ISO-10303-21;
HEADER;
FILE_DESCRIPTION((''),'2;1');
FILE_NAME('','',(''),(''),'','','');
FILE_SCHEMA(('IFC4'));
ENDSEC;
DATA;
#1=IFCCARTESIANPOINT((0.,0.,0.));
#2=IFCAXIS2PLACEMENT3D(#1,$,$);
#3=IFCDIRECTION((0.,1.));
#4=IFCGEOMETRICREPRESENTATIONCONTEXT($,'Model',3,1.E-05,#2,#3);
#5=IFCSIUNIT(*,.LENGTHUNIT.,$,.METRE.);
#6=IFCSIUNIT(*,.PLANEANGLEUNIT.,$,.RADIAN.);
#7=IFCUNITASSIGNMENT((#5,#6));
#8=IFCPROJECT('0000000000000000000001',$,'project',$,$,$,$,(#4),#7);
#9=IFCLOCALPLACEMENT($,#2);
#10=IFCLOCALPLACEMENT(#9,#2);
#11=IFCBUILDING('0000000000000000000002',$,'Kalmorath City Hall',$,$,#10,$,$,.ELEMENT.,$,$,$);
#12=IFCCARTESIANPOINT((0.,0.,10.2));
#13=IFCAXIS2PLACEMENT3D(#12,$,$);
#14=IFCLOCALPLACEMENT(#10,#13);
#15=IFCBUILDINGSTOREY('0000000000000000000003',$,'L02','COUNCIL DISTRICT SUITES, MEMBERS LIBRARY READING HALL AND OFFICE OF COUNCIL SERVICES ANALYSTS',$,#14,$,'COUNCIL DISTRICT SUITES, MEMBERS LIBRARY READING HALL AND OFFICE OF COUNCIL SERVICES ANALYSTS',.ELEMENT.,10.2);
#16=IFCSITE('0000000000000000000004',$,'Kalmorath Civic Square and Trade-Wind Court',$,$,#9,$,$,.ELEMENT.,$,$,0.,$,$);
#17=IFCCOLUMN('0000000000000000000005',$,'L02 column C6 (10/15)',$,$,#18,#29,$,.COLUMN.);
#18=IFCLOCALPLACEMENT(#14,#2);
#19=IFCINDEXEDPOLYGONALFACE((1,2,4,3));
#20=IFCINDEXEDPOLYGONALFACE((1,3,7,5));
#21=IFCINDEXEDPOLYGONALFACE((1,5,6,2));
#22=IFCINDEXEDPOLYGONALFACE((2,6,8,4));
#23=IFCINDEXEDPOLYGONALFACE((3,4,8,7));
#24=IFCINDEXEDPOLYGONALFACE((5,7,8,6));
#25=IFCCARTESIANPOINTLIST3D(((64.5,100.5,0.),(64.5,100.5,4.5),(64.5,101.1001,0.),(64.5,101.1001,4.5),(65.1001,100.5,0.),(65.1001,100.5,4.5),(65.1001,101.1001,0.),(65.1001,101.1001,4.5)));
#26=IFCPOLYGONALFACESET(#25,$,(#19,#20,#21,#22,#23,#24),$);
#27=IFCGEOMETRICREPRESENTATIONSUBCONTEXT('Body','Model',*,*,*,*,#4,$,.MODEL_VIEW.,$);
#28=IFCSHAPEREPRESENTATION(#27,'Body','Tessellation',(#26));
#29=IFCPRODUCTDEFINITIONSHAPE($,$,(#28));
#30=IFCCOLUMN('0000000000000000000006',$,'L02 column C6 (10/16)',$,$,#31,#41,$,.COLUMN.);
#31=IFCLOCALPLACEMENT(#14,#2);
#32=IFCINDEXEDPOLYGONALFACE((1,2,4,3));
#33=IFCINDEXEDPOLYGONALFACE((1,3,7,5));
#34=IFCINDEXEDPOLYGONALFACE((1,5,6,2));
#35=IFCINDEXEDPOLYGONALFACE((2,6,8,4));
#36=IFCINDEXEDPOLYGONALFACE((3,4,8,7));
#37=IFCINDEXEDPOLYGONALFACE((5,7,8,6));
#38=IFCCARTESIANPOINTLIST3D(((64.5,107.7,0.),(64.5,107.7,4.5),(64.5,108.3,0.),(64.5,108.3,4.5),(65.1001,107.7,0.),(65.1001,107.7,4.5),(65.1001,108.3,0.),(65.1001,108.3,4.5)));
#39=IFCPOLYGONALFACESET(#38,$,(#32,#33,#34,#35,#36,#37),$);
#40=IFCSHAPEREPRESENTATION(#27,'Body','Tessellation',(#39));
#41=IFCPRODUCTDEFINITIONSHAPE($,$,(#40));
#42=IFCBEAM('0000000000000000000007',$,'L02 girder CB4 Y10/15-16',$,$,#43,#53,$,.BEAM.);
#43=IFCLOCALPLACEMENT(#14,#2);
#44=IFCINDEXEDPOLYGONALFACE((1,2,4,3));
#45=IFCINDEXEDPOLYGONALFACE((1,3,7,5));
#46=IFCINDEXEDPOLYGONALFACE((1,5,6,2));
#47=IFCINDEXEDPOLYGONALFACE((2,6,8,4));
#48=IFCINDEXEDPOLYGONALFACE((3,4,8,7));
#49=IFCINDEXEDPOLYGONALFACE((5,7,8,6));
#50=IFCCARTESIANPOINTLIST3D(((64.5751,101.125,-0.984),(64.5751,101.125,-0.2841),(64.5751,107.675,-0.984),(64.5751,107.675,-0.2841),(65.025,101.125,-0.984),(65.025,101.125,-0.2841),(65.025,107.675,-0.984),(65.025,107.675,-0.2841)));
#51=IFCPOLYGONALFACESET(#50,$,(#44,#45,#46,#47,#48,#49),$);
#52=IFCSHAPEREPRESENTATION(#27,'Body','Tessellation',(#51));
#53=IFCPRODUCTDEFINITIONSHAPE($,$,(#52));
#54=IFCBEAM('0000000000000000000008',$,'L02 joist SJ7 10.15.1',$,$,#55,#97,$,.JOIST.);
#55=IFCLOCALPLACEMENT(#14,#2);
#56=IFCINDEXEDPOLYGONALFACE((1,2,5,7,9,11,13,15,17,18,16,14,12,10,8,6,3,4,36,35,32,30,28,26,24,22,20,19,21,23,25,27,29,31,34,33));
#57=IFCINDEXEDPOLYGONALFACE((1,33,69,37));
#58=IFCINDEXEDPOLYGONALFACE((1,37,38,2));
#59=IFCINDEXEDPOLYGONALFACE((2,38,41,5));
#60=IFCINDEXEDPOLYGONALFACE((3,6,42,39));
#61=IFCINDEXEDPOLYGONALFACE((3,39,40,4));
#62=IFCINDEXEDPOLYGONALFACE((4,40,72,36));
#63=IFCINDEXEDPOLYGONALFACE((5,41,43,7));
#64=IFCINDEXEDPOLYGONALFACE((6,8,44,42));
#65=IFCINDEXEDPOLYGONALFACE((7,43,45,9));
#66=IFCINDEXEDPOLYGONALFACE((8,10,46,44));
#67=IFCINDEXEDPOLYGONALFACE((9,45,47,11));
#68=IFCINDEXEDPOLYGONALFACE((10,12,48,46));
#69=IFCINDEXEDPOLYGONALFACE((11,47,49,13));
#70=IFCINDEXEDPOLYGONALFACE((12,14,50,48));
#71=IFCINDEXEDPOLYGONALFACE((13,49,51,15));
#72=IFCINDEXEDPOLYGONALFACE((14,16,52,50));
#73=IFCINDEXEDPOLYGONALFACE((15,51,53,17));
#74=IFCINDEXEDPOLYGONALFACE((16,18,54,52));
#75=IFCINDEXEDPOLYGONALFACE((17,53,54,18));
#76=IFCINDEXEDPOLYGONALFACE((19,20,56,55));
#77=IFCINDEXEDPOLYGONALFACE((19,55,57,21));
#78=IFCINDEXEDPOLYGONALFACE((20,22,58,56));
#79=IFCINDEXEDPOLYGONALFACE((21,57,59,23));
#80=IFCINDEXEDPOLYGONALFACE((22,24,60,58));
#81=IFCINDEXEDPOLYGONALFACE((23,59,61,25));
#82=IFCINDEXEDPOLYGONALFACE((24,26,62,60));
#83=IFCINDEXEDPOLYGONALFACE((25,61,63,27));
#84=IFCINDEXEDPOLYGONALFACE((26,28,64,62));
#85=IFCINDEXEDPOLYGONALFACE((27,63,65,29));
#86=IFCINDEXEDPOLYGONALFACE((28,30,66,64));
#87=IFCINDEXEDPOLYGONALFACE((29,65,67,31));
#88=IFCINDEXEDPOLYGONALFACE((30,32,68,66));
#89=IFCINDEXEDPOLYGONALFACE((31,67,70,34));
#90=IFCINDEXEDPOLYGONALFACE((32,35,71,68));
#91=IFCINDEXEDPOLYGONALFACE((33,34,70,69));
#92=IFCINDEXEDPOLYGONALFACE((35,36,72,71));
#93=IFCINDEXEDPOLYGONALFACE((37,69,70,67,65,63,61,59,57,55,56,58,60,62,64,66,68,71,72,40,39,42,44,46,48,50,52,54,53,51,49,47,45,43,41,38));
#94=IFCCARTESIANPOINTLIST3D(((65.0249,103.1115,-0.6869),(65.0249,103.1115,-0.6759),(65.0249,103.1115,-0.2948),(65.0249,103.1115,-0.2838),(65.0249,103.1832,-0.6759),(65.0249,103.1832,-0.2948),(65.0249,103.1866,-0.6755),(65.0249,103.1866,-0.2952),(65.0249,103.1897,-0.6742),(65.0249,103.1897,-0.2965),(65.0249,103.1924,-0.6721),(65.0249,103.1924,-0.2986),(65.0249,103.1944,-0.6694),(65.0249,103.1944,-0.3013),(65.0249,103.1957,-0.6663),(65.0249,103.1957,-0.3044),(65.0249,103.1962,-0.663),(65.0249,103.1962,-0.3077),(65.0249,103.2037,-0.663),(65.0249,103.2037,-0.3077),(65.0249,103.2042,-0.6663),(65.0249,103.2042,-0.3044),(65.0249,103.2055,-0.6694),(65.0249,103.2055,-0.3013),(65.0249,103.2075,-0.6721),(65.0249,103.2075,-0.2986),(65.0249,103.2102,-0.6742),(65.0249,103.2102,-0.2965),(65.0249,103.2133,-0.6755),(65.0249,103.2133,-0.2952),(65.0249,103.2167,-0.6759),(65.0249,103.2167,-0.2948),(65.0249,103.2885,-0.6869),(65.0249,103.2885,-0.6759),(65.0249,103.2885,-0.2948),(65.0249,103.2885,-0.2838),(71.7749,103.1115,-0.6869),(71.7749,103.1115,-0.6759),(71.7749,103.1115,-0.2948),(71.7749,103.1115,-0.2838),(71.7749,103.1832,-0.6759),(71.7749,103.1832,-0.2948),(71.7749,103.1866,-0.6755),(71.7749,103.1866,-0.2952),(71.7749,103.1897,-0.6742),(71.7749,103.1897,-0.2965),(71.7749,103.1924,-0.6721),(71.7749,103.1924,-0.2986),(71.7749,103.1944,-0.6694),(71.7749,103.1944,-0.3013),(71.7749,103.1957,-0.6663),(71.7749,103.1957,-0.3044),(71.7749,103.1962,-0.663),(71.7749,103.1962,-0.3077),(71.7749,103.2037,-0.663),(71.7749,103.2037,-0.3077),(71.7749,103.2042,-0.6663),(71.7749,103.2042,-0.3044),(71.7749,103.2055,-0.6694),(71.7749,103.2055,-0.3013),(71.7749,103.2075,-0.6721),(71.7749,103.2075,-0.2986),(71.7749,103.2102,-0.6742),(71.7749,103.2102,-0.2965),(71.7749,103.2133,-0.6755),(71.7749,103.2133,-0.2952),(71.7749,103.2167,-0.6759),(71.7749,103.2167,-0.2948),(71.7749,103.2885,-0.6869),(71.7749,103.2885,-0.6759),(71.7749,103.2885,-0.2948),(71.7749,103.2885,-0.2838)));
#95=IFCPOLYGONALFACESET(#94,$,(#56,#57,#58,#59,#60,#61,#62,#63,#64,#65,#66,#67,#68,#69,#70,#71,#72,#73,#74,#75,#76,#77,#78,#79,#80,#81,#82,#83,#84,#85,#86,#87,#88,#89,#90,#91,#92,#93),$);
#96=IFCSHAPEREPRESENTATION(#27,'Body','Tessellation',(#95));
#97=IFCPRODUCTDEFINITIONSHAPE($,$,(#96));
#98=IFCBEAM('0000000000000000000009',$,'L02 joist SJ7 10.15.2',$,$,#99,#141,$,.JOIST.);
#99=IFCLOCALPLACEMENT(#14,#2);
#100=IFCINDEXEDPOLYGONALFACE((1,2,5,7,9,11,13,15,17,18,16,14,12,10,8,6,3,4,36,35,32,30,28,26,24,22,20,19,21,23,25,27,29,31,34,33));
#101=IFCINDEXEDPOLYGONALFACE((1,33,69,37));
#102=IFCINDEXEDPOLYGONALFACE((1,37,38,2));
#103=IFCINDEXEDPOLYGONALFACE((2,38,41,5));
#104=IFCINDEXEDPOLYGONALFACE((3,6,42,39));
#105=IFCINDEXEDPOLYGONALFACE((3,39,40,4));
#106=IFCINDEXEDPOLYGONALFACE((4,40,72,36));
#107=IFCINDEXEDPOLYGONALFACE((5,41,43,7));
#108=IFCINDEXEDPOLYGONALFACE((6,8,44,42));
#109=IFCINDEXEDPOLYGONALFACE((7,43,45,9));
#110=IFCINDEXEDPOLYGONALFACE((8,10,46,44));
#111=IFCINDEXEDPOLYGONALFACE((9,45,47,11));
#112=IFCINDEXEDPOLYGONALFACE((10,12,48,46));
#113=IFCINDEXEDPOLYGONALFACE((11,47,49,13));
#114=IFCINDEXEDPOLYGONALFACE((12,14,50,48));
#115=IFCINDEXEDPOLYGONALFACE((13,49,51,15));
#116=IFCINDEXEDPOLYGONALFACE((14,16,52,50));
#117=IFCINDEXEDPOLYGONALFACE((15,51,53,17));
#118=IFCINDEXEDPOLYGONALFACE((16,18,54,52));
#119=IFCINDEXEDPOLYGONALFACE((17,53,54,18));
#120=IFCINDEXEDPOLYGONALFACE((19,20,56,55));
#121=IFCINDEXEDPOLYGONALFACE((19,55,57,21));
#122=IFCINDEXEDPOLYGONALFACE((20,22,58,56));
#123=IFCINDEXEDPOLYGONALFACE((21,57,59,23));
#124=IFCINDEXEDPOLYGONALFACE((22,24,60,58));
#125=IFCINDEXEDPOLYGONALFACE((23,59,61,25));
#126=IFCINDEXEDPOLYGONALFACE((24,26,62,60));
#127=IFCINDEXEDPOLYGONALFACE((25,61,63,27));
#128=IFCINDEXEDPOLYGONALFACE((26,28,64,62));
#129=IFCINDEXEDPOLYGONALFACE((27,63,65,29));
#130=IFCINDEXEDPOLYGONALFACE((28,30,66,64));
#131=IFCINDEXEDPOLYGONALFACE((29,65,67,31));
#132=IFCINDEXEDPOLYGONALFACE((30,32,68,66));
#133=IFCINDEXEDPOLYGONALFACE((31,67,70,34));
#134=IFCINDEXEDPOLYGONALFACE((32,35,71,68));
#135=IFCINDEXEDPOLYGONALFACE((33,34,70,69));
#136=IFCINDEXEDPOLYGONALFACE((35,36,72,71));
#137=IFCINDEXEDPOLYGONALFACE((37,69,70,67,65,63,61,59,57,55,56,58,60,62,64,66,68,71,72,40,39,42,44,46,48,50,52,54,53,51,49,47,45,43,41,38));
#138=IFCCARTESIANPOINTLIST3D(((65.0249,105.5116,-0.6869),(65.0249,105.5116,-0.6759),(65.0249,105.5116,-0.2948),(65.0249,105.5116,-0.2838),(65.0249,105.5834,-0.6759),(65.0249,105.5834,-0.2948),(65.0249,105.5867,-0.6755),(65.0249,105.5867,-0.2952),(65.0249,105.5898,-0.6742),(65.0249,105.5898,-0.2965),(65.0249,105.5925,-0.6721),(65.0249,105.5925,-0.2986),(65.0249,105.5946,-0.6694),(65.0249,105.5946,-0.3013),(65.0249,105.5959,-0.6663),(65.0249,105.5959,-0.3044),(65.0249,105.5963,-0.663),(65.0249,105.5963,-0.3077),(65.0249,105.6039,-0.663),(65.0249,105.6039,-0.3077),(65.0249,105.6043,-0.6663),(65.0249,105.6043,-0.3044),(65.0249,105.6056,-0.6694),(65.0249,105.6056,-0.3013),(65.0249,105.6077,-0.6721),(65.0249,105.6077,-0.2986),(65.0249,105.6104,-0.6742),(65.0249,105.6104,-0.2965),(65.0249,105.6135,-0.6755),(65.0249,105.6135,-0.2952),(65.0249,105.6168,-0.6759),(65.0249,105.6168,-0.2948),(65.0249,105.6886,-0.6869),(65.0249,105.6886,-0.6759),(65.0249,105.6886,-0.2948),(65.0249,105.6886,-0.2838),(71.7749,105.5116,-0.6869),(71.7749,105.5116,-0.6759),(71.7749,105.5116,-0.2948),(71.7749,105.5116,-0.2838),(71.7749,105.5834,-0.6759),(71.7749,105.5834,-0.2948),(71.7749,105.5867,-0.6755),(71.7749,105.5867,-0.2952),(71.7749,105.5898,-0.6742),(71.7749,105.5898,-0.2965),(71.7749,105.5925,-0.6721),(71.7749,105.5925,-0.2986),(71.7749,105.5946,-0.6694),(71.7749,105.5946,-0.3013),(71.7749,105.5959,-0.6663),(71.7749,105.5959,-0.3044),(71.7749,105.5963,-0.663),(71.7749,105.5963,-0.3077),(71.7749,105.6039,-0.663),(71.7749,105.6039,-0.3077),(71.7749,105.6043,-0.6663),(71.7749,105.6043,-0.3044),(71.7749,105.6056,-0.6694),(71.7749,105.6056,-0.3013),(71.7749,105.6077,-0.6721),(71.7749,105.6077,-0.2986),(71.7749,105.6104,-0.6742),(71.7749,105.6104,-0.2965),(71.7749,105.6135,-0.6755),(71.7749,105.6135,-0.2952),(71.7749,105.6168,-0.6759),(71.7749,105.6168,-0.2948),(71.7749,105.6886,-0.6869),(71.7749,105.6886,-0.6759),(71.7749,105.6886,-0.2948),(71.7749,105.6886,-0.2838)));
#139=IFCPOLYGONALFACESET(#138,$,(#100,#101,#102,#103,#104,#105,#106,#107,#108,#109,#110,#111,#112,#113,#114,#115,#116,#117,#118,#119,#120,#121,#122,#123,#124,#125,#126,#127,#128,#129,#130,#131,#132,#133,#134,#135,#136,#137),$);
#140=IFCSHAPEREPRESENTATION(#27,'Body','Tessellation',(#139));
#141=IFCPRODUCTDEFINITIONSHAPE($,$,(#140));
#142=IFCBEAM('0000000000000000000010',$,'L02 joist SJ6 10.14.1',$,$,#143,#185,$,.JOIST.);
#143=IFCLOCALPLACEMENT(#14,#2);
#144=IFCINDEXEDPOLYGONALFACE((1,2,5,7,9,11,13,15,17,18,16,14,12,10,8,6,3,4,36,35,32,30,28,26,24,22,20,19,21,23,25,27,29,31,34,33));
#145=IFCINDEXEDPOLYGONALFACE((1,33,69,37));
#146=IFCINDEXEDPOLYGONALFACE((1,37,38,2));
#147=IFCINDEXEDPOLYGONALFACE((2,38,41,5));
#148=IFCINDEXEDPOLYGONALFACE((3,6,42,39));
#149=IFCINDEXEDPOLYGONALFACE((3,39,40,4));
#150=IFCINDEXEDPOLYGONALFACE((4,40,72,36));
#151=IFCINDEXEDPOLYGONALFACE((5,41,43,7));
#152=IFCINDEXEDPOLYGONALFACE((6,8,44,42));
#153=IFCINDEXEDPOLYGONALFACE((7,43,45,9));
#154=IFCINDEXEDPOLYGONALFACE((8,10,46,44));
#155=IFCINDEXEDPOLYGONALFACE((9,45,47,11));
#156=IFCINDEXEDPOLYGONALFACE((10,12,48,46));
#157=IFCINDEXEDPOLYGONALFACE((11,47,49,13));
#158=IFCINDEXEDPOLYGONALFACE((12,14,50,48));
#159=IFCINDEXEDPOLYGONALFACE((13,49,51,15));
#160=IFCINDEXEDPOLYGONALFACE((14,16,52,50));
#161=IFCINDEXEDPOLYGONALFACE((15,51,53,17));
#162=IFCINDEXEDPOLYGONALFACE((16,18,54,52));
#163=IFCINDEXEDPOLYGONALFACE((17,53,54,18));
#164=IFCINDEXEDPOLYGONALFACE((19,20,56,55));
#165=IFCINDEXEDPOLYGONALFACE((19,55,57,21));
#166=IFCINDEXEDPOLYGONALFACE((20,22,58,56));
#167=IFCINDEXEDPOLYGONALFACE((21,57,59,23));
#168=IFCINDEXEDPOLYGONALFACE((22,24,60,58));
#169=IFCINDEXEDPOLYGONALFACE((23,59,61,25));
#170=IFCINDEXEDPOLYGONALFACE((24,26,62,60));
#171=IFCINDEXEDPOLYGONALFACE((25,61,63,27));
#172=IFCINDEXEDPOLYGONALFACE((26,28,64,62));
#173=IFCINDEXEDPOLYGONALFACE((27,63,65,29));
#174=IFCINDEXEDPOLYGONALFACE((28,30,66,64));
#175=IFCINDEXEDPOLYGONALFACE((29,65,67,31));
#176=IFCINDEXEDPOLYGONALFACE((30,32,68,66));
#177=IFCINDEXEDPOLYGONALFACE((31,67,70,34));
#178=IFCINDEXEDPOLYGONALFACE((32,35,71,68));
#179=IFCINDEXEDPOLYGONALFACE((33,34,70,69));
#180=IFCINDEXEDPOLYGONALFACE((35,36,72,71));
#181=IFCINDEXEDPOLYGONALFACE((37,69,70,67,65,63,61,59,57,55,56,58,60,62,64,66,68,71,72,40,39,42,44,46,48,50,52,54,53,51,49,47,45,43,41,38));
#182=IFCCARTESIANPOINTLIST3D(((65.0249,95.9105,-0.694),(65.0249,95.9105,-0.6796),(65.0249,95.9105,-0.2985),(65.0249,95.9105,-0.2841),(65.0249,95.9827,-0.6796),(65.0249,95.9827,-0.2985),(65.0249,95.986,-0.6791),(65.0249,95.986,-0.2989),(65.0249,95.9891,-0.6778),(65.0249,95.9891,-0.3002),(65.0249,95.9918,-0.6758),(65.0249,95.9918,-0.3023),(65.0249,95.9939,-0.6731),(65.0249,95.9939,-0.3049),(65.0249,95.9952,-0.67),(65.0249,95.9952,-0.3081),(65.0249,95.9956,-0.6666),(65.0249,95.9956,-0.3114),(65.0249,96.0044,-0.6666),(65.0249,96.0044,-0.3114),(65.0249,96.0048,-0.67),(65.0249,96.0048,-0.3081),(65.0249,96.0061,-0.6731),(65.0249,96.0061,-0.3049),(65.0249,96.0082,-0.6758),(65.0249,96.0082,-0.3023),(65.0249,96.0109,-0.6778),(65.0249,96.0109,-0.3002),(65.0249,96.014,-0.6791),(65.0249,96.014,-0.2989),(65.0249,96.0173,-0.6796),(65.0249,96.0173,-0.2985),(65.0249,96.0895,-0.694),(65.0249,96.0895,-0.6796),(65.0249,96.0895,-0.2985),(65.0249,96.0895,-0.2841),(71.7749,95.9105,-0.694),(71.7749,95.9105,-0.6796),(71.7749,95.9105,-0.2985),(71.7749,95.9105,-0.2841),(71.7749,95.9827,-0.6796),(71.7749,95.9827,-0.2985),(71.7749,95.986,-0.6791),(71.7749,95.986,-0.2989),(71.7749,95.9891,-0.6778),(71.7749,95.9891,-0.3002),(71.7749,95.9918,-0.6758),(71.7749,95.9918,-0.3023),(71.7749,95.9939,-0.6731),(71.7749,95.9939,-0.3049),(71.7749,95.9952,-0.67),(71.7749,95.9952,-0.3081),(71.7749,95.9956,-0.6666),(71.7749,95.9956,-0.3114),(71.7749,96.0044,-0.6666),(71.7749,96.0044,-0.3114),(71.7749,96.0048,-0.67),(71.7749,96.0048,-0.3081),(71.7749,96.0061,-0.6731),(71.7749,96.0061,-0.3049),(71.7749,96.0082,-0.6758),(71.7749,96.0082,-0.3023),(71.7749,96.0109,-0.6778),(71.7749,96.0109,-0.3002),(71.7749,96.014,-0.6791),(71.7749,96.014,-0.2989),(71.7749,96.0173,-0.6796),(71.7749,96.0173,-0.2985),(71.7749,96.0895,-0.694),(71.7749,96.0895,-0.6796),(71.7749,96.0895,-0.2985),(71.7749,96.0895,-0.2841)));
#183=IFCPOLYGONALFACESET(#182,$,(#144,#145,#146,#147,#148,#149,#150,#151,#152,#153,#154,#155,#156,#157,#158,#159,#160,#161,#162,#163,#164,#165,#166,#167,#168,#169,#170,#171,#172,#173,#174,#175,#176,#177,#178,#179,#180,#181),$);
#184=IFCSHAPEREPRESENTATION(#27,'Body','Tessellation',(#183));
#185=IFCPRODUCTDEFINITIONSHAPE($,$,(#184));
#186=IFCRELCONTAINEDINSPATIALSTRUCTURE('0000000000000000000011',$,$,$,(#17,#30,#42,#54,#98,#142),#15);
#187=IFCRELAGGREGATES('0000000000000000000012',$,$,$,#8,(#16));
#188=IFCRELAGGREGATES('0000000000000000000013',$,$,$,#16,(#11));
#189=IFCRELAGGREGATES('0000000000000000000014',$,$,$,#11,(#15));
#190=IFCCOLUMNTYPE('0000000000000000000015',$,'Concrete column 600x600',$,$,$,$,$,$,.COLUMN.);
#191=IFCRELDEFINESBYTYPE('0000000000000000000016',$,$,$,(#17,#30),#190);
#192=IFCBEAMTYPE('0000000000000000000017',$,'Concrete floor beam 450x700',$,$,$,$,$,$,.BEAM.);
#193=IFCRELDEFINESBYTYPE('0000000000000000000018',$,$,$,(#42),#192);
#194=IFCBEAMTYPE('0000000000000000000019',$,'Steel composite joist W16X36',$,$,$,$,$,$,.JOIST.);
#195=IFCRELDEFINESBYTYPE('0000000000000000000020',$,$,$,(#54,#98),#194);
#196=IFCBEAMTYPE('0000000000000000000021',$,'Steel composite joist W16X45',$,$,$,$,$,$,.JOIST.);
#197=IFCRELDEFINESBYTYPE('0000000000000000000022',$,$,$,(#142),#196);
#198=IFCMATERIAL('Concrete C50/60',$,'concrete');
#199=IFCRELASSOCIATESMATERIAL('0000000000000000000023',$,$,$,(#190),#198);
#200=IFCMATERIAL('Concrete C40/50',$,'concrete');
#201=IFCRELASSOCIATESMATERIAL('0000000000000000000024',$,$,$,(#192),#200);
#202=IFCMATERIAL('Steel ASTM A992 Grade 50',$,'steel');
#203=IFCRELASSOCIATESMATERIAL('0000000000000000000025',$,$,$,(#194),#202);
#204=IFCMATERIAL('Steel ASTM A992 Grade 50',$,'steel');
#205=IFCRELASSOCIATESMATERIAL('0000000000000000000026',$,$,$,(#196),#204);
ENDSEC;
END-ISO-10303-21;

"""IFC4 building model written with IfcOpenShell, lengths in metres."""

from ifc_helpers import new_model, si_unit, direction, frame, origin, origin_2d, place, context, subcontext, project, spatial, rectangle, i_section, extrude, material, material_profile, profile_set, type_object, element, save


model = new_model("IFC4")

# Units and contexts
model_context = context("Model", 3, precision=1e-05, world=origin(), true_north=direction((0.0, 1.0)))
body_context = subcontext(model_context, "Body", "Model", "MODEL_VIEW")
ifc_project = project(units=[si_unit("LENGTHUNIT", "METRE"), si_unit("PLANEANGLEUNIT", "RADIAN")], contexts=[model_context])

# Site, building, storey
site_placement = place(None, origin())
site = spatial("IfcSite", under=ifc_project, at=site_placement, Name="Kalmorath Civic Square and Trade-Wind Court", CompositionType="ELEMENT", RefElevation=0.0)
building_placement = place(site_placement, origin())
building = spatial("IfcBuilding", under=site, at=building_placement, Name="Kalmorath City Hall", CompositionType="ELEMENT")
storey_placement = place(building_placement, frame((0.0, 0.0, 10.2)))
storey = spatial("IfcBuildingStorey", under=building, at=storey_placement, Name="L02", Description="COUNCIL DISTRICT SUITES, MEMBERS LIBRARY READING HALL AND OFFICE OF COUNCIL SERVICES ANALYSTS", LongName="COUNCIL DISTRICT SUITES, MEMBERS LIBRARY READING HALL AND OFFICE OF COUNCIL SERVICES ANALYSTS", CompositionType="ELEMENT", Elevation=10.2)

# Columns
ifc_material_1 = material(Name="Concrete C50/60", Category="concrete")
ifc_material_profile_1 = material_profile(ifc_material_1, rectangle(XDim=0.6001, YDim=0.6001, at=origin_2d()), Name="RC-COL-600X600")
ifc_profile_set_1 = profile_set([ifc_material_profile_1], Name="Concrete C50/60")
column_type = type_object("IfcColumnType", Name="Concrete column 600x600", PredefinedType="COLUMN", material=ifc_profile_set_1)
for number, where, z_axis, x_axis, name in (
    (1, (64.8, 100.8, 0.0), (0.0, 0.0, 1.0), (1.0, 0.0, 0.0), "L02 column C6 (10/15)"),
    (2, (64.8, 108.0, 0.0), (0.0, 0.0, 1.0), (1.0, 0.0, 0.0), "L02 column C6 (10/16)"),
):
    element("IfcColumn", number, at=place(storey_placement, frame(where, z_axis=z_axis, x_axis=x_axis)), inside=storey, type_object=column_type, Name=name, PredefinedType="COLUMN", context=body_context, shape_type="SweptSolid", body=[
        extrude(rectangle(XDim=0.6001, YDim=0.6001, at=origin_2d()), origin(), (0.0, 0.0, 1.0), 4.5),
    ])

# Beams
ifc_material_2 = material(Name="Concrete C40/50", Category="concrete")
ifc_material_profile_2 = material_profile(ifc_material_2, rectangle(XDim=0.45, YDim=0.7, at=origin_2d()), Name="RC-BM-450X700")
ifc_profile_set_2 = profile_set([ifc_material_profile_2], Name="Concrete C40/50")
beam_type_1 = type_object("IfcBeamType", Name="Concrete floor beam 450x700", PredefinedType="BEAM", material=ifc_profile_set_2)
beam_placement = place(storey_placement, frame((64.8, 101.125, -0.634), z_axis=(0.0, 1.0, 0.0), x_axis=(-1.0, 0.0, 0.0)))
element("IfcBeam", 3, at=beam_placement, inside=storey, type_object=beam_type_1, Name="L02 girder CB4 Y10/15-16", PredefinedType="BEAM", context=body_context, shape_type="SweptSolid", body=[
    extrude(rectangle(XDim=0.45, YDim=0.7, at=origin_2d()), origin(), (0.0, 0.0, 1.0), 6.55),
])
ifc_material_3 = material(Name="Steel ASTM A992 Grade 50", Category="steel")
ifc_material_profile_3 = material_profile(ifc_material_3, i_section(OverallWidth=0.177, OverallDepth=0.4031, WebThickness=0.0076, FlangeThickness=0.011, FilletRadius=0.0129, at=origin_2d()), Name="W16X36")
ifc_profile_set_3 = profile_set([ifc_material_profile_3], Name="Steel ASTM A992 Grade 50")
beam_type_2 = type_object("IfcBeamType", Name="Steel composite joist W16X36", PredefinedType="JOIST", material=ifc_profile_set_3)
for number, where, z_axis, x_axis, name in (
    (4, (65.0249, 103.2, -0.4854), (1.0, 0.0, 0.0), (0.0, 1.0, 0.0), "L02 joist SJ7 10.15.1"),
    (5, (65.0249, 105.6001, -0.4854), (1.0, 0.0, 0.0), (0.0, 1.0, 0.0), "L02 joist SJ7 10.15.2"),
):
    element("IfcBeam", number, at=place(storey_placement, frame(where, z_axis=z_axis, x_axis=x_axis)), inside=storey, type_object=beam_type_2, Name=name, PredefinedType="JOIST", context=body_context, shape_type="SweptSolid", body=[
        extrude(i_section(OverallWidth=0.177, OverallDepth=0.4031, WebThickness=0.0076, FlangeThickness=0.011, FilletRadius=0.0129, at=origin_2d()), origin(), (0.0, 0.0, 1.0), 6.75),
    ])
ifc_material_4 = material(Name="Steel ASTM A992 Grade 50", Category="steel")
ifc_material_profile_4 = material_profile(ifc_material_4, i_section(OverallWidth=0.179, OverallDepth=0.4099, WebThickness=0.0088, FlangeThickness=0.0144, FilletRadius=0.0129, at=origin_2d()), Name="W16X45")
ifc_profile_set_4 = profile_set([ifc_material_profile_4], Name="Steel ASTM A992 Grade 50")
beam_type_3 = type_object("IfcBeamType", Name="Steel composite joist W16X45", PredefinedType="JOIST", material=ifc_profile_set_4)
for number, where, z_axis, x_axis, name in (
    (6, (65.0249, 96.0, -0.489), (1.0, 0.0, 0.0), (0.0, 1.0, 0.0), "L02 joist SJ6 10.14.1"),
):
    element("IfcBeam", number, at=place(storey_placement, frame(where, z_axis=z_axis, x_axis=x_axis)), inside=storey, type_object=beam_type_3, Name=name, PredefinedType="JOIST", context=body_context, shape_type="SweptSolid", body=[
        extrude(i_section(OverallWidth=0.179, OverallDepth=0.4099, WebThickness=0.0088, FlangeThickness=0.0144, FilletRadius=0.0129, at=origin_2d()), origin(), (0.0, 0.0, 1.0), 6.75),
    ])

save(model, "model.ifc")
